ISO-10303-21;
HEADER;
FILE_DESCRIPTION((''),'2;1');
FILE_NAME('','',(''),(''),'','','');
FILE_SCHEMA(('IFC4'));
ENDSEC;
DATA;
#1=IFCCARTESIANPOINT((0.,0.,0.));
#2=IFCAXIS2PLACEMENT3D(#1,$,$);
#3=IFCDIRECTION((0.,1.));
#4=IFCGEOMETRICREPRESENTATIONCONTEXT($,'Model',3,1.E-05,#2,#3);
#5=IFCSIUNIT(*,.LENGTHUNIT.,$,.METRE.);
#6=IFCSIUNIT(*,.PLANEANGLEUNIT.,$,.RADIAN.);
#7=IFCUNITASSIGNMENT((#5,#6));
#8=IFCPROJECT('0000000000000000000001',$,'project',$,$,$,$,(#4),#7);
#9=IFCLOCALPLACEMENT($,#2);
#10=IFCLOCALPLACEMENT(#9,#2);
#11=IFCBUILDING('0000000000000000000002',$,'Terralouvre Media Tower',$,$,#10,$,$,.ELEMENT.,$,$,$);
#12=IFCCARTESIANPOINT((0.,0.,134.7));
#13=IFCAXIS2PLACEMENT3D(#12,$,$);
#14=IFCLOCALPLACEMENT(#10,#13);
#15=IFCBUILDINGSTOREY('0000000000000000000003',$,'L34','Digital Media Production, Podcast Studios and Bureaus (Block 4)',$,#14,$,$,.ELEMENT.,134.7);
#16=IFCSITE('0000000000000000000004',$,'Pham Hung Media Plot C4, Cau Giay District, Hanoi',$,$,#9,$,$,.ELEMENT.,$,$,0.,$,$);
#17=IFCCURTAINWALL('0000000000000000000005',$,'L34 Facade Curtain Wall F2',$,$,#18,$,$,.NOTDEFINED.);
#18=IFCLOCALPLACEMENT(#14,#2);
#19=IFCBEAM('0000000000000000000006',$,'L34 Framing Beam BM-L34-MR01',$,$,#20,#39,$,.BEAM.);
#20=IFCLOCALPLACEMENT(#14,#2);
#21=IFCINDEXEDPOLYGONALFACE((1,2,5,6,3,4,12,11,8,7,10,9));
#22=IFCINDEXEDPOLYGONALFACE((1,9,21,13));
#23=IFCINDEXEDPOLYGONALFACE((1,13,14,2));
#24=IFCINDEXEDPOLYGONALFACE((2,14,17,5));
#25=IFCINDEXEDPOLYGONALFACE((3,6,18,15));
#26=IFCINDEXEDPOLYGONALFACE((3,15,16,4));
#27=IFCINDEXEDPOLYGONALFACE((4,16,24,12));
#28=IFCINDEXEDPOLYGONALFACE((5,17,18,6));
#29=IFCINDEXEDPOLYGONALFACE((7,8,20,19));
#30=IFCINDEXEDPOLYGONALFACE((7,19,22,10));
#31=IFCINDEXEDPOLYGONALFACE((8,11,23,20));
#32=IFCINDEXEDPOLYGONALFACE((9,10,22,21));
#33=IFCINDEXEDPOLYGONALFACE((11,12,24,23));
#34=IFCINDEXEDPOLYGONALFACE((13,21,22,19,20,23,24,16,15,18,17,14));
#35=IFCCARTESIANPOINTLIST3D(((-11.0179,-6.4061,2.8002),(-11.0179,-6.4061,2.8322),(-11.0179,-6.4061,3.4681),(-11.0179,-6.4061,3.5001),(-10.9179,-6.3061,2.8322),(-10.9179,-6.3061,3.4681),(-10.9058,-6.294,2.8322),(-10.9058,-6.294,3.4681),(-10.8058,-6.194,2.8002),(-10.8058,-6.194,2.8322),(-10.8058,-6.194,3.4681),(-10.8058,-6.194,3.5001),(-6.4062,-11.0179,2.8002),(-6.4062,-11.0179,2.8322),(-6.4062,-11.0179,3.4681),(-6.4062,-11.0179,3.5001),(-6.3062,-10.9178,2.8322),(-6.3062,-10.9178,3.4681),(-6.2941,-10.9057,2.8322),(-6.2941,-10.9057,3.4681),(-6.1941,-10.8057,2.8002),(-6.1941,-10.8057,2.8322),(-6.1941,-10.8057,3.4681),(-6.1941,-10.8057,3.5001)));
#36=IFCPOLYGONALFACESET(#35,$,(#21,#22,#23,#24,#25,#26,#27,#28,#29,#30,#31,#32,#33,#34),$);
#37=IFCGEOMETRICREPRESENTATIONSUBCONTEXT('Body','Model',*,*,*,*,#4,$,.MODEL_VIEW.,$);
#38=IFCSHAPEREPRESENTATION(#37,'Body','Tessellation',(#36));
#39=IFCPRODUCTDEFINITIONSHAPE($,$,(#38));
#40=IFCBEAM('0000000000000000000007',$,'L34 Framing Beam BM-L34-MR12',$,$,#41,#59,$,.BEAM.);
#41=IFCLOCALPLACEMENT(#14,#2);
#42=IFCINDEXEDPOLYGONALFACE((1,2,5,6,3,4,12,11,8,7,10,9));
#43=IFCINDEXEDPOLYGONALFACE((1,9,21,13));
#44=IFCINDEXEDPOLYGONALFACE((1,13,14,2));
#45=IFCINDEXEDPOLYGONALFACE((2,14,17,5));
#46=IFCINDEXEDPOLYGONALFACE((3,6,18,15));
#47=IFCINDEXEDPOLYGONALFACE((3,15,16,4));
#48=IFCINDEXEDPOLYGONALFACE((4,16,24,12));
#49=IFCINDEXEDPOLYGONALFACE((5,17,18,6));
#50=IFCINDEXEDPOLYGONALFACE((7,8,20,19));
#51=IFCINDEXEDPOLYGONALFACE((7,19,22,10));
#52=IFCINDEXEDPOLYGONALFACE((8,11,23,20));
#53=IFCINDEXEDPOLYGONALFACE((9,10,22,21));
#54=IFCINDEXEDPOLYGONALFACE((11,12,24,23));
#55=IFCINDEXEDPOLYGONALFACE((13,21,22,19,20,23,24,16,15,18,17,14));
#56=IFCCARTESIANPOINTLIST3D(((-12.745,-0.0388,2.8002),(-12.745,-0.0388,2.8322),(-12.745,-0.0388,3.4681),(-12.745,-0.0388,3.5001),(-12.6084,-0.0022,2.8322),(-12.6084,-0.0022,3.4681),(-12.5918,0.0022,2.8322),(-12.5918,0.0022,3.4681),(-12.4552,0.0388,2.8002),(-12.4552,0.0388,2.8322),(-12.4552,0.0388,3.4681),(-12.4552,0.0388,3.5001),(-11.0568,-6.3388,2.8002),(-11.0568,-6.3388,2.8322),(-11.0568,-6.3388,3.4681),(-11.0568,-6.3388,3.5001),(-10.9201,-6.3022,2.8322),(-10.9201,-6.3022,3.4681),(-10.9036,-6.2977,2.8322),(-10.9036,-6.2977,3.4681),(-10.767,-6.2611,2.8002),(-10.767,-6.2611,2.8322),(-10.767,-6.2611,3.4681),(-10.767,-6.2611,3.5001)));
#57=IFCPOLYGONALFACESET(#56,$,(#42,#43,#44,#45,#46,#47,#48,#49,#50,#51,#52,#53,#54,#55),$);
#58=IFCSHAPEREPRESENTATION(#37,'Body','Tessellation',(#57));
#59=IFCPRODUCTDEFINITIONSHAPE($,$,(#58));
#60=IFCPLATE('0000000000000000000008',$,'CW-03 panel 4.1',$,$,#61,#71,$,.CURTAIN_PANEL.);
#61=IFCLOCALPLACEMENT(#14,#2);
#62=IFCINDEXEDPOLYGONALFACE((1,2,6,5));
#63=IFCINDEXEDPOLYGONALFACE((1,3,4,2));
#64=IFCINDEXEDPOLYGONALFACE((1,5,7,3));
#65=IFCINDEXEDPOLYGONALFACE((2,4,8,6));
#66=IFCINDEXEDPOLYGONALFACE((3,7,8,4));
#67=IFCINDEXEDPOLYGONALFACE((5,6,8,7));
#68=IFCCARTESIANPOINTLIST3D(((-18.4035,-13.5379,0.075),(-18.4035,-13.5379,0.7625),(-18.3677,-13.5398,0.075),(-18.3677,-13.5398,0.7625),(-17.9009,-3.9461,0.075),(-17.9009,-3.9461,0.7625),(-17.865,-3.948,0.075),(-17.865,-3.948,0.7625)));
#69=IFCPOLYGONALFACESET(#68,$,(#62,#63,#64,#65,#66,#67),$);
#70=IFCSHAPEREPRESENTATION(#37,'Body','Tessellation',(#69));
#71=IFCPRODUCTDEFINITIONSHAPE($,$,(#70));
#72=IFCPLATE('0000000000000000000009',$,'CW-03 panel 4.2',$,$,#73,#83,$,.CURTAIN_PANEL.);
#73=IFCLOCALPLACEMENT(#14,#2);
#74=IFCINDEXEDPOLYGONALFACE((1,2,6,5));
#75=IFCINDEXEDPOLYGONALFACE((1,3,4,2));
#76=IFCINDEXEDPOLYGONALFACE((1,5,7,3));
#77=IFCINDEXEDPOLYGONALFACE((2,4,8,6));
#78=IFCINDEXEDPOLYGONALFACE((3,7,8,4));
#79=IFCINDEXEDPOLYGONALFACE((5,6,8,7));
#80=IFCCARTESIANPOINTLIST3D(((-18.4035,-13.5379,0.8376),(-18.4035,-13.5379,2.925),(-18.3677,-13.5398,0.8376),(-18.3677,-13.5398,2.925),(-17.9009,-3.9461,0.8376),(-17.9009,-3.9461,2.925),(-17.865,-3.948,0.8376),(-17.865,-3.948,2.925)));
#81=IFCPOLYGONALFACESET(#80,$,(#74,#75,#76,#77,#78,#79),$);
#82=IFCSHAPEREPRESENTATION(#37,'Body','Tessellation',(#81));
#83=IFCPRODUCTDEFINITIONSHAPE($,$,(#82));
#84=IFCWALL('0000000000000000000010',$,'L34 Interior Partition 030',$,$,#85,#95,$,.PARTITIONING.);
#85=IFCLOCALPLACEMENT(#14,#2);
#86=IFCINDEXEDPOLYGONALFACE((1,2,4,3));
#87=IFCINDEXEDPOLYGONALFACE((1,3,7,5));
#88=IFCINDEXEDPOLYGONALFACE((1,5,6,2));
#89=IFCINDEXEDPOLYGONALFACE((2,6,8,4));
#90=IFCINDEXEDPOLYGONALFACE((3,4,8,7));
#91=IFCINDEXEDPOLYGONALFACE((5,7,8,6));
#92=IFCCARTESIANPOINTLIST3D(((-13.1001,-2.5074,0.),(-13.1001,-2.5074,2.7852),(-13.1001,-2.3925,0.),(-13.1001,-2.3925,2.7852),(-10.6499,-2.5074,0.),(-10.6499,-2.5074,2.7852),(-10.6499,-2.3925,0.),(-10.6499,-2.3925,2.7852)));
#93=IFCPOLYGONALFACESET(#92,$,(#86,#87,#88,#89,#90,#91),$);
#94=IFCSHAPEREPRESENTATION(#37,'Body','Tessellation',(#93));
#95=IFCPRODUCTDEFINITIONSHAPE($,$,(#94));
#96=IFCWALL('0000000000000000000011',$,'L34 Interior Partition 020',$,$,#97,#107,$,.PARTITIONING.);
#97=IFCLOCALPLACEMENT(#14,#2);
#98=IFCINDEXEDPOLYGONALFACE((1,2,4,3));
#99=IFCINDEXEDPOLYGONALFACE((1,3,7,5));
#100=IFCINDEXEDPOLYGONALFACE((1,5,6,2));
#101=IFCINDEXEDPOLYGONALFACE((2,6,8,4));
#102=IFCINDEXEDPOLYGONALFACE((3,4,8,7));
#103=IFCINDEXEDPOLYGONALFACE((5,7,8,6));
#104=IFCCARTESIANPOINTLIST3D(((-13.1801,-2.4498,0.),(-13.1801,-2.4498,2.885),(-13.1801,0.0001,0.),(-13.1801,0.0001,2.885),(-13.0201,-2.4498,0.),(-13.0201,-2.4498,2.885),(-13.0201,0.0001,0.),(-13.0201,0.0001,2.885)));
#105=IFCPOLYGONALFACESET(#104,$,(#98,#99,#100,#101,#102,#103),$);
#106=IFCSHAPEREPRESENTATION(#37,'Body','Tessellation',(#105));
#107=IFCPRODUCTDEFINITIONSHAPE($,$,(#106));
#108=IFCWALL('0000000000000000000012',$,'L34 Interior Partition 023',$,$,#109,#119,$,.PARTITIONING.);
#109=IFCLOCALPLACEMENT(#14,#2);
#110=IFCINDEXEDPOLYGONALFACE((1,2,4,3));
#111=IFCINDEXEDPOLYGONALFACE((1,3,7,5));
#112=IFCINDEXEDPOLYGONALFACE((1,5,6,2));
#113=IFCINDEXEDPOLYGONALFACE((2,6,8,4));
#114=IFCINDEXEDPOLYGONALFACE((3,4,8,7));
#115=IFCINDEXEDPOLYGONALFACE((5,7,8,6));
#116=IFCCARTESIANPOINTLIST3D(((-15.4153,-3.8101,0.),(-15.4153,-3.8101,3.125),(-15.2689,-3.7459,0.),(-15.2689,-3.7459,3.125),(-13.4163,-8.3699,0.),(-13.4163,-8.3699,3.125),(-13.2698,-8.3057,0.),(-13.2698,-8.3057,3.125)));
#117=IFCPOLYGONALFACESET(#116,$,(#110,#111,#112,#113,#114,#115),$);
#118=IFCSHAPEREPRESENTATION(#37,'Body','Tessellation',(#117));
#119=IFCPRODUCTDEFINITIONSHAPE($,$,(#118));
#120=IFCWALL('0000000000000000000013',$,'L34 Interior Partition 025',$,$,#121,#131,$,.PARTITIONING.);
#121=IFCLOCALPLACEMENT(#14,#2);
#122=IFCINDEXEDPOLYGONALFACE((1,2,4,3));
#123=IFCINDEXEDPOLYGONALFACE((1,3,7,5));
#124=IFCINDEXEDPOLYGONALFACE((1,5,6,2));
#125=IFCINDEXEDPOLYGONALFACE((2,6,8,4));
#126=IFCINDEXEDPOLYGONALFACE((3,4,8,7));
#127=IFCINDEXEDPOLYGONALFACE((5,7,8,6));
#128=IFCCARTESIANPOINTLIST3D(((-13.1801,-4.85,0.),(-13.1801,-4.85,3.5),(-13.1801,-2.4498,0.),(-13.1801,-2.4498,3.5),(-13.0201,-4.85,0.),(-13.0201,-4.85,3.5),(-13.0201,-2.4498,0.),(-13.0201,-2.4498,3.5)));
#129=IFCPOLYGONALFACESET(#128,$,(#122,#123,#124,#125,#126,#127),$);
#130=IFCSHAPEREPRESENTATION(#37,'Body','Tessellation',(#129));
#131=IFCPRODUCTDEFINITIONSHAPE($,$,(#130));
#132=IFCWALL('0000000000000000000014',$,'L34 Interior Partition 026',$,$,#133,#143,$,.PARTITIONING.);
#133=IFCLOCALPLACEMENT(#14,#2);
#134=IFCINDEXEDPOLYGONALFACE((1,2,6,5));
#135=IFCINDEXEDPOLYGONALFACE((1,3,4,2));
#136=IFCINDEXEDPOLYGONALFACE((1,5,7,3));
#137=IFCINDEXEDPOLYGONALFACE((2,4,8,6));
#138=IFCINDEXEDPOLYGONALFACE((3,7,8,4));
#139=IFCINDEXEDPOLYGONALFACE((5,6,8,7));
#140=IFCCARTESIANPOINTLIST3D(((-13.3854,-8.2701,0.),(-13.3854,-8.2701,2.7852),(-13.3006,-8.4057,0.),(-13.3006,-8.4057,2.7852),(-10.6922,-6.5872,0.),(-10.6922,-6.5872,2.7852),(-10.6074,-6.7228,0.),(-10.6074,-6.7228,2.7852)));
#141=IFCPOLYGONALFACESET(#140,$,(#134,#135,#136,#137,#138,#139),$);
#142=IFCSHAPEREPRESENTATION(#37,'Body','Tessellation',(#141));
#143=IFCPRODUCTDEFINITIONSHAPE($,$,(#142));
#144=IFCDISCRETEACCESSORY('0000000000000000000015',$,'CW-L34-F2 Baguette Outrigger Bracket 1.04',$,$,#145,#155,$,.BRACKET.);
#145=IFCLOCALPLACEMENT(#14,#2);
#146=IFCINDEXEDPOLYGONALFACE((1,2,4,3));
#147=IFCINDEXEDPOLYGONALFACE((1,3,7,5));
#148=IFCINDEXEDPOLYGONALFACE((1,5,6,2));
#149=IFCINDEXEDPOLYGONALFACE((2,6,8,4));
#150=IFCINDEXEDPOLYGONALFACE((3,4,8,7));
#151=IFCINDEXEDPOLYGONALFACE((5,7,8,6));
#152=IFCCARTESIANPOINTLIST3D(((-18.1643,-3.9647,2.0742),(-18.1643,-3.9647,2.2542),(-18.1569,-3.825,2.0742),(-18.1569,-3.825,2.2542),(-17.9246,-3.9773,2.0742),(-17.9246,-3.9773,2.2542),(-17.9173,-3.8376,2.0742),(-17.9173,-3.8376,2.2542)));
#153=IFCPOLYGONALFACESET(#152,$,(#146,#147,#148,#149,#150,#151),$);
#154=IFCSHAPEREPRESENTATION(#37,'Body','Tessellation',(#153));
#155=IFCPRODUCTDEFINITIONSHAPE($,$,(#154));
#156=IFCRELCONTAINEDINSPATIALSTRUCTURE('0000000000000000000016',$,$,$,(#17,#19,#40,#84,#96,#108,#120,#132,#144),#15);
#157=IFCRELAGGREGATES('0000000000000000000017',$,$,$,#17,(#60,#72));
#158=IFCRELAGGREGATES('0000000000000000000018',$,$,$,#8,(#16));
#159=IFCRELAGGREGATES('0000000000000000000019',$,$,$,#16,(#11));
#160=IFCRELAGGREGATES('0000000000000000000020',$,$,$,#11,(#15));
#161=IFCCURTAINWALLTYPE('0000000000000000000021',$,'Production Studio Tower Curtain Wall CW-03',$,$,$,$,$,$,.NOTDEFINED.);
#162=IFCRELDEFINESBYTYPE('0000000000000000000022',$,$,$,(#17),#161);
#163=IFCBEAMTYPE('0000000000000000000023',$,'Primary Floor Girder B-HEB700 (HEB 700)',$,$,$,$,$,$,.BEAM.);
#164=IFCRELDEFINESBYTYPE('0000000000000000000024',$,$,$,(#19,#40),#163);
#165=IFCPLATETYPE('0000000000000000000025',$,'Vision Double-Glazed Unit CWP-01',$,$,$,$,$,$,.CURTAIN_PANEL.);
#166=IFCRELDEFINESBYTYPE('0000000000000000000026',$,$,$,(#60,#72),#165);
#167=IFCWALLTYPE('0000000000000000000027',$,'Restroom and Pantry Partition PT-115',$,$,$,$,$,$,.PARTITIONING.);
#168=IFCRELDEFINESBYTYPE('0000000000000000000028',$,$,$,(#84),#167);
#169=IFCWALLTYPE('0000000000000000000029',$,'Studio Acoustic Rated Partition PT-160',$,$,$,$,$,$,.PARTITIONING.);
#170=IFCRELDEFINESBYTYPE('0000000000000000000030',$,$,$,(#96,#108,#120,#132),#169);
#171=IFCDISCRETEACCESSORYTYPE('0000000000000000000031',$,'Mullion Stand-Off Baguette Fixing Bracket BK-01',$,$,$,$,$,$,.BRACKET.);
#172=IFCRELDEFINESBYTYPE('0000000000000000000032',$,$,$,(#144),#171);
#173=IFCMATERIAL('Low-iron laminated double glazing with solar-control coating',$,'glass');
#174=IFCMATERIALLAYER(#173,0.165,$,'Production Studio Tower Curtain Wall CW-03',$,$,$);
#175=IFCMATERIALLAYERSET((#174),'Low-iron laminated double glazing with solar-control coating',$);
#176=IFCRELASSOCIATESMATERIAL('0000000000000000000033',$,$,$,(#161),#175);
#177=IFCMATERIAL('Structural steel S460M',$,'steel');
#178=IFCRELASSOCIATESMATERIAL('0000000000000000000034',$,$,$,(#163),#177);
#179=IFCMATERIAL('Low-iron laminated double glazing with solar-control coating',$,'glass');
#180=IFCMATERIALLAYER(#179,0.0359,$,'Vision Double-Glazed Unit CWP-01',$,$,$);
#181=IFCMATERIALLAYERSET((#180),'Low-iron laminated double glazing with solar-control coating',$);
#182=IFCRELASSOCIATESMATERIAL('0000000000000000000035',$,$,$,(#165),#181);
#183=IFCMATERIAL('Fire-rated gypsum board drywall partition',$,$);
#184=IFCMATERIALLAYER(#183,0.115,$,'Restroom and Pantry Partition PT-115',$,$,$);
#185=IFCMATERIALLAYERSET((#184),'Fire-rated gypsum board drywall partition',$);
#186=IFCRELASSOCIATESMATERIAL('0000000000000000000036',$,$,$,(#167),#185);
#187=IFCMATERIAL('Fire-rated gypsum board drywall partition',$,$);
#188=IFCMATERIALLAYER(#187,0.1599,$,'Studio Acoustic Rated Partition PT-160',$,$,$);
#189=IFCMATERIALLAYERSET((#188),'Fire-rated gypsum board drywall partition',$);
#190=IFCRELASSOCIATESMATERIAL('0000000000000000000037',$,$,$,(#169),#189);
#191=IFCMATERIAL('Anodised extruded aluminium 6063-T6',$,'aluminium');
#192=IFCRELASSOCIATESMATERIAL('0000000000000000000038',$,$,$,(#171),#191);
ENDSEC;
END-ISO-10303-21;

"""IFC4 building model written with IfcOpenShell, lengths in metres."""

from ifc_helpers import new_model, si_unit, direction, frame, frame_2d, origin, origin_2d, place, context, subcontext, project, spatial, rectangle, i_section, extrude, material, layer, layer_set, material_profile, profile_set, type_object, element, aggregate, save


model = new_model("IFC4")

# Units and contexts
model_context = context("Model", 3, precision=1e-05, world=origin(), true_north=direction((0.0, 1.0)))
body_context = subcontext(model_context, "Body", "Model", "MODEL_VIEW")
ifc_project = project(units=[si_unit("LENGTHUNIT", "METRE"), si_unit("PLANEANGLEUNIT", "RADIAN")], contexts=[model_context])

# Site, building, storey
site_placement = place(None, origin())
site = spatial("IfcSite", under=ifc_project, at=site_placement, Name="Pham Hung Media Plot C4, Cau Giay District, Hanoi", CompositionType="ELEMENT", RefElevation=0.0)
building_placement = place(site_placement, origin())
building = spatial("IfcBuilding", under=site, at=building_placement, Name="Terralouvre Media Tower", CompositionType="ELEMENT")
storey_placement = place(building_placement, frame((0.0, 0.0, 134.7)))
storey = spatial("IfcBuildingStorey", under=building, at=storey_placement, Name="L34", Description="Digital Media Production, Podcast Studios and Bureaus (Block 4)", CompositionType="ELEMENT", Elevation=134.7)

# Curtain wall
ifc_material_1 = material(Name="Low-iron laminated double glazing with solar-control coating", Category="glass")
ifc_layer_1 = layer(ifc_material_1, 0.165, Name="Production Studio Tower Curtain Wall CW-03")
ifc_layer_set_1 = layer_set([ifc_layer_1], Name="Low-iron laminated double glazing with solar-control coating")
curtain_wall_type = type_object("IfcCurtainWallType", Name="Production Studio Tower Curtain Wall CW-03", PredefinedType="NOTDEFINED", material=ifc_layer_set_1)
curtain_wall_placement = place(storey_placement, origin())
curtain_wall = element("IfcCurtainWall", 1, at=curtain_wall_placement, inside=storey, type_object=curtain_wall_type, Name="L34 Facade Curtain Wall F2", PredefinedType="NOTDEFINED")

# Beams
ifc_material_2 = material(Name="Structural steel S460M", Category="steel")
ifc_material_profile_1 = material_profile(ifc_material_2, i_section(OverallWidth=0.3, OverallDepth=0.7, WebThickness=0.0171, FlangeThickness=0.032, at=origin_2d()), Name="HEB 700")
ifc_profile_set_1 = profile_set([ifc_material_profile_1], Name="Structural steel S460M")
beam_type_1 = type_object("IfcBeamType", Name="Primary Floor Girder B-HEB700 (HEB 700)", PredefinedType="BEAM", material=ifc_profile_set_1)
beam_1_placement = place(storey_placement, frame((-10.9119, -6.3, 3.1501), z_axis=(0.707107, -0.707107, 0.0), x_axis=(0.707107, 0.707107, 0.0)))
element("IfcBeam", 2, at=beam_1_placement, inside=storey, type_object=beam_type_1, Name="L34 Framing Beam BM-L34-MR01", PredefinedType="BEAM", context=body_context, shape_type="SweptSolid", body=[
    extrude(i_section(OverallWidth=0.3, OverallDepth=0.7, WebThickness=0.0171, FlangeThickness=0.032, at=origin_2d()), origin(), (0.0, 0.0, 1.0), 6.522),
])
beam_2_placement = place(storey_placement, frame((-12.6001, 0.0, 3.1501), z_axis=(0.258839, -0.96592, 0.0), x_axis=(0.96592, 0.258839, 0.0)))
element("IfcBeam", 3, at=beam_2_placement, inside=storey, type_object=beam_type_1, Name="L34 Framing Beam BM-L34-MR12", PredefinedType="BEAM", context=body_context, shape_type="SweptSolid", body=[
    extrude(i_section(OverallWidth=0.3, OverallDepth=0.7, WebThickness=0.0171, FlangeThickness=0.032, at=origin_2d()), origin(), (0.0, 0.0, 1.0), 6.5222),
])

# Plates
ifc_material_3 = material(Name="Low-iron laminated double glazing with solar-control coating", Category="glass")
ifc_layer_2 = layer(ifc_material_3, 0.0359, Name="Vision Double-Glazed Unit CWP-01")
ifc_layer_set_2 = layer_set([ifc_layer_2], Name="Low-iron laminated double glazing with solar-control coating")
plate_type = type_object("IfcPlateType", Name="Vision Double-Glazed Unit CWP-01", PredefinedType="CURTAIN_PANEL", material=ifc_layer_set_2)
plate_1_placement = place(storey_placement, frame((-18.1343, -8.7429, 0.075), z_axis=(0.0, 0.0, 1.0), x_axis=(-0.052336, -0.99863, 0.0)))
plate_1 = element("IfcPlate", 4, at=plate_1_placement, type_object=plate_type, Name="CW-03 panel 4.1", PredefinedType="CURTAIN_PANEL", context=body_context, shape_type="SweptSolid", body=[
    extrude(rectangle(XDim=9.605, YDim=0.0359, at=origin_2d()), origin(), (0.0, 0.0, 1.0), 0.6875),
])
plate_2_placement = place(storey_placement, frame((-18.1343, -8.7429, 0.8376), z_axis=(0.0, 0.0, 1.0), x_axis=(-0.052336, -0.99863, 0.0)))
plate_2 = element("IfcPlate", 5, at=plate_2_placement, type_object=plate_type, Name="CW-03 panel 4.2", PredefinedType="CURTAIN_PANEL", context=body_context, shape_type="SweptSolid", body=[
    extrude(rectangle(XDim=9.605, YDim=0.0359, at=origin_2d()), origin(), (0.0, 0.0, 1.0), 2.0874),
])
aggregate(curtain_wall, [plate_1, plate_2])

# Walls
ifc_material_4 = material(Name="Fire-rated gypsum board drywall partition")
ifc_layer_3 = layer(ifc_material_4, 0.115, Name="Restroom and Pantry Partition PT-115")
ifc_layer_set_3 = layer_set([ifc_layer_3], Name="Fire-rated gypsum board drywall partition")
wall_type_1 = type_object("IfcWallType", Name="Restroom and Pantry Partition PT-115", PredefinedType="PARTITIONING", material=ifc_layer_set_3)
wall_1_placement = place(storey_placement, frame((-13.1001, -2.45, 0.0), z_axis=(0.0, 0.0, 1.0), x_axis=(1.0, 0.0, 0.0)))
element("IfcWall", 6, at=wall_1_placement, inside=storey, type_object=wall_type_1, Name="L34 Interior Partition 030", PredefinedType="PARTITIONING", context=body_context, shape_type="SweptSolid", body=[
    extrude(rectangle(XDim=2.4502, YDim=0.115, at=frame_2d((1.2251, 0.0))), origin(), (0.0, 0.0, 1.0), 2.7852),
])
ifc_material_5 = material(Name="Fire-rated gypsum board drywall partition")
ifc_layer_4 = layer(ifc_material_5, 0.1599, Name="Studio Acoustic Rated Partition PT-160")
ifc_layer_set_4 = layer_set([ifc_layer_4], Name="Fire-rated gypsum board drywall partition")
wall_type_2 = type_object("IfcWallType", Name="Studio Acoustic Rated Partition PT-160", PredefinedType="PARTITIONING", material=ifc_layer_set_4)
wall_2_placement = place(storey_placement, frame((-13.1001, -2.45, 0.0), z_axis=(0.0, 0.0, 1.0), x_axis=(0.0, 1.0, 0.0)))
element("IfcWall", 7, at=wall_2_placement, inside=storey, type_object=wall_type_2, Name="L34 Interior Partition 020", PredefinedType="PARTITIONING", context=body_context, shape_type="SweptSolid", body=[
    extrude(rectangle(XDim=2.45, YDim=0.1599, at=frame_2d((1.2251, 0.0))), origin(), (0.0, 0.0, 1.0), 2.885),
])
wall_3_placement = place(storey_placement, frame((-15.342, -3.7781, 0.0), z_axis=(0.0, 0.0, 1.0), x_axis=(0.401511, -0.915854, 0.0)))
element("IfcWall", 8, at=wall_3_placement, inside=storey, type_object=wall_type_2, Name="L34 Interior Partition 023", PredefinedType="PARTITIONING", context=body_context, shape_type="SweptSolid", body=[
    extrude(rectangle(XDim=4.9788, YDim=0.1599, at=frame_2d((2.4893, 0.0))), origin(), (0.0, 0.0, 1.0), 3.125),
])
wall_4_placement = place(storey_placement, frame((-13.1001, -4.8501, 0.0), z_axis=(0.0, 0.0, 1.0), x_axis=(0.0, 1.0, 0.0)))
element("IfcWall", 9, at=wall_4_placement, inside=storey, type_object=wall_type_2, Name="L34 Interior Partition 025", PredefinedType="PARTITIONING", context=body_context, shape_type="SweptSolid", body=[
    extrude(rectangle(XDim=2.4001, YDim=0.1599, at=frame_2d((1.2002, 0.0))), origin(), (0.0, 0.0, 1.0), 3.5),
])
wall_5_placement = place(storey_placement, frame((-13.343, -8.3379, 0.0), z_axis=(0.0, 0.0, 1.0), x_axis=(0.848046, 0.529923, 0.0)))
element("IfcWall", 10, at=wall_5_placement, inside=storey, type_object=wall_type_2, Name="L34 Interior Partition 026", PredefinedType="PARTITIONING", context=body_context, shape_type="SweptSolid", body=[
    extrude(rectangle(XDim=3.1758, YDim=0.1599, at=frame_2d((1.5879, 0.0))), origin(), (0.0, 0.0, 1.0), 2.7852),
])

# Discrete accessory
ifc_material_6 = material(Name="Anodised extruded aluminium 6063-T6", Category="aluminium")
discrete_accessory_type = type_object("IfcDiscreteAccessoryType", Name="Mullion Stand-Off Baguette Fixing Bracket BK-01", PredefinedType="BRACKET", material=ifc_material_6)
discrete_accessory_placement = place(storey_placement, frame((-18.0408, -3.9011, 2.0742), z_axis=(0.0, 0.0, 1.0), x_axis=(-0.052336, -0.99863, 0.0)))
element("IfcDiscreteAccessory", 11, at=discrete_accessory_placement, inside=storey, type_object=discrete_accessory_type, Name="CW-L34-F2 Baguette Outrigger Bracket 1.04", PredefinedType="BRACKET", context=body_context, shape_type="SweptSolid", body=[
    extrude(rectangle(XDim=0.1399, YDim=0.24, at=origin_2d()), origin(), (0.0, 0.0, 1.0), 0.1799),
])

save(model, "model.ifc")
